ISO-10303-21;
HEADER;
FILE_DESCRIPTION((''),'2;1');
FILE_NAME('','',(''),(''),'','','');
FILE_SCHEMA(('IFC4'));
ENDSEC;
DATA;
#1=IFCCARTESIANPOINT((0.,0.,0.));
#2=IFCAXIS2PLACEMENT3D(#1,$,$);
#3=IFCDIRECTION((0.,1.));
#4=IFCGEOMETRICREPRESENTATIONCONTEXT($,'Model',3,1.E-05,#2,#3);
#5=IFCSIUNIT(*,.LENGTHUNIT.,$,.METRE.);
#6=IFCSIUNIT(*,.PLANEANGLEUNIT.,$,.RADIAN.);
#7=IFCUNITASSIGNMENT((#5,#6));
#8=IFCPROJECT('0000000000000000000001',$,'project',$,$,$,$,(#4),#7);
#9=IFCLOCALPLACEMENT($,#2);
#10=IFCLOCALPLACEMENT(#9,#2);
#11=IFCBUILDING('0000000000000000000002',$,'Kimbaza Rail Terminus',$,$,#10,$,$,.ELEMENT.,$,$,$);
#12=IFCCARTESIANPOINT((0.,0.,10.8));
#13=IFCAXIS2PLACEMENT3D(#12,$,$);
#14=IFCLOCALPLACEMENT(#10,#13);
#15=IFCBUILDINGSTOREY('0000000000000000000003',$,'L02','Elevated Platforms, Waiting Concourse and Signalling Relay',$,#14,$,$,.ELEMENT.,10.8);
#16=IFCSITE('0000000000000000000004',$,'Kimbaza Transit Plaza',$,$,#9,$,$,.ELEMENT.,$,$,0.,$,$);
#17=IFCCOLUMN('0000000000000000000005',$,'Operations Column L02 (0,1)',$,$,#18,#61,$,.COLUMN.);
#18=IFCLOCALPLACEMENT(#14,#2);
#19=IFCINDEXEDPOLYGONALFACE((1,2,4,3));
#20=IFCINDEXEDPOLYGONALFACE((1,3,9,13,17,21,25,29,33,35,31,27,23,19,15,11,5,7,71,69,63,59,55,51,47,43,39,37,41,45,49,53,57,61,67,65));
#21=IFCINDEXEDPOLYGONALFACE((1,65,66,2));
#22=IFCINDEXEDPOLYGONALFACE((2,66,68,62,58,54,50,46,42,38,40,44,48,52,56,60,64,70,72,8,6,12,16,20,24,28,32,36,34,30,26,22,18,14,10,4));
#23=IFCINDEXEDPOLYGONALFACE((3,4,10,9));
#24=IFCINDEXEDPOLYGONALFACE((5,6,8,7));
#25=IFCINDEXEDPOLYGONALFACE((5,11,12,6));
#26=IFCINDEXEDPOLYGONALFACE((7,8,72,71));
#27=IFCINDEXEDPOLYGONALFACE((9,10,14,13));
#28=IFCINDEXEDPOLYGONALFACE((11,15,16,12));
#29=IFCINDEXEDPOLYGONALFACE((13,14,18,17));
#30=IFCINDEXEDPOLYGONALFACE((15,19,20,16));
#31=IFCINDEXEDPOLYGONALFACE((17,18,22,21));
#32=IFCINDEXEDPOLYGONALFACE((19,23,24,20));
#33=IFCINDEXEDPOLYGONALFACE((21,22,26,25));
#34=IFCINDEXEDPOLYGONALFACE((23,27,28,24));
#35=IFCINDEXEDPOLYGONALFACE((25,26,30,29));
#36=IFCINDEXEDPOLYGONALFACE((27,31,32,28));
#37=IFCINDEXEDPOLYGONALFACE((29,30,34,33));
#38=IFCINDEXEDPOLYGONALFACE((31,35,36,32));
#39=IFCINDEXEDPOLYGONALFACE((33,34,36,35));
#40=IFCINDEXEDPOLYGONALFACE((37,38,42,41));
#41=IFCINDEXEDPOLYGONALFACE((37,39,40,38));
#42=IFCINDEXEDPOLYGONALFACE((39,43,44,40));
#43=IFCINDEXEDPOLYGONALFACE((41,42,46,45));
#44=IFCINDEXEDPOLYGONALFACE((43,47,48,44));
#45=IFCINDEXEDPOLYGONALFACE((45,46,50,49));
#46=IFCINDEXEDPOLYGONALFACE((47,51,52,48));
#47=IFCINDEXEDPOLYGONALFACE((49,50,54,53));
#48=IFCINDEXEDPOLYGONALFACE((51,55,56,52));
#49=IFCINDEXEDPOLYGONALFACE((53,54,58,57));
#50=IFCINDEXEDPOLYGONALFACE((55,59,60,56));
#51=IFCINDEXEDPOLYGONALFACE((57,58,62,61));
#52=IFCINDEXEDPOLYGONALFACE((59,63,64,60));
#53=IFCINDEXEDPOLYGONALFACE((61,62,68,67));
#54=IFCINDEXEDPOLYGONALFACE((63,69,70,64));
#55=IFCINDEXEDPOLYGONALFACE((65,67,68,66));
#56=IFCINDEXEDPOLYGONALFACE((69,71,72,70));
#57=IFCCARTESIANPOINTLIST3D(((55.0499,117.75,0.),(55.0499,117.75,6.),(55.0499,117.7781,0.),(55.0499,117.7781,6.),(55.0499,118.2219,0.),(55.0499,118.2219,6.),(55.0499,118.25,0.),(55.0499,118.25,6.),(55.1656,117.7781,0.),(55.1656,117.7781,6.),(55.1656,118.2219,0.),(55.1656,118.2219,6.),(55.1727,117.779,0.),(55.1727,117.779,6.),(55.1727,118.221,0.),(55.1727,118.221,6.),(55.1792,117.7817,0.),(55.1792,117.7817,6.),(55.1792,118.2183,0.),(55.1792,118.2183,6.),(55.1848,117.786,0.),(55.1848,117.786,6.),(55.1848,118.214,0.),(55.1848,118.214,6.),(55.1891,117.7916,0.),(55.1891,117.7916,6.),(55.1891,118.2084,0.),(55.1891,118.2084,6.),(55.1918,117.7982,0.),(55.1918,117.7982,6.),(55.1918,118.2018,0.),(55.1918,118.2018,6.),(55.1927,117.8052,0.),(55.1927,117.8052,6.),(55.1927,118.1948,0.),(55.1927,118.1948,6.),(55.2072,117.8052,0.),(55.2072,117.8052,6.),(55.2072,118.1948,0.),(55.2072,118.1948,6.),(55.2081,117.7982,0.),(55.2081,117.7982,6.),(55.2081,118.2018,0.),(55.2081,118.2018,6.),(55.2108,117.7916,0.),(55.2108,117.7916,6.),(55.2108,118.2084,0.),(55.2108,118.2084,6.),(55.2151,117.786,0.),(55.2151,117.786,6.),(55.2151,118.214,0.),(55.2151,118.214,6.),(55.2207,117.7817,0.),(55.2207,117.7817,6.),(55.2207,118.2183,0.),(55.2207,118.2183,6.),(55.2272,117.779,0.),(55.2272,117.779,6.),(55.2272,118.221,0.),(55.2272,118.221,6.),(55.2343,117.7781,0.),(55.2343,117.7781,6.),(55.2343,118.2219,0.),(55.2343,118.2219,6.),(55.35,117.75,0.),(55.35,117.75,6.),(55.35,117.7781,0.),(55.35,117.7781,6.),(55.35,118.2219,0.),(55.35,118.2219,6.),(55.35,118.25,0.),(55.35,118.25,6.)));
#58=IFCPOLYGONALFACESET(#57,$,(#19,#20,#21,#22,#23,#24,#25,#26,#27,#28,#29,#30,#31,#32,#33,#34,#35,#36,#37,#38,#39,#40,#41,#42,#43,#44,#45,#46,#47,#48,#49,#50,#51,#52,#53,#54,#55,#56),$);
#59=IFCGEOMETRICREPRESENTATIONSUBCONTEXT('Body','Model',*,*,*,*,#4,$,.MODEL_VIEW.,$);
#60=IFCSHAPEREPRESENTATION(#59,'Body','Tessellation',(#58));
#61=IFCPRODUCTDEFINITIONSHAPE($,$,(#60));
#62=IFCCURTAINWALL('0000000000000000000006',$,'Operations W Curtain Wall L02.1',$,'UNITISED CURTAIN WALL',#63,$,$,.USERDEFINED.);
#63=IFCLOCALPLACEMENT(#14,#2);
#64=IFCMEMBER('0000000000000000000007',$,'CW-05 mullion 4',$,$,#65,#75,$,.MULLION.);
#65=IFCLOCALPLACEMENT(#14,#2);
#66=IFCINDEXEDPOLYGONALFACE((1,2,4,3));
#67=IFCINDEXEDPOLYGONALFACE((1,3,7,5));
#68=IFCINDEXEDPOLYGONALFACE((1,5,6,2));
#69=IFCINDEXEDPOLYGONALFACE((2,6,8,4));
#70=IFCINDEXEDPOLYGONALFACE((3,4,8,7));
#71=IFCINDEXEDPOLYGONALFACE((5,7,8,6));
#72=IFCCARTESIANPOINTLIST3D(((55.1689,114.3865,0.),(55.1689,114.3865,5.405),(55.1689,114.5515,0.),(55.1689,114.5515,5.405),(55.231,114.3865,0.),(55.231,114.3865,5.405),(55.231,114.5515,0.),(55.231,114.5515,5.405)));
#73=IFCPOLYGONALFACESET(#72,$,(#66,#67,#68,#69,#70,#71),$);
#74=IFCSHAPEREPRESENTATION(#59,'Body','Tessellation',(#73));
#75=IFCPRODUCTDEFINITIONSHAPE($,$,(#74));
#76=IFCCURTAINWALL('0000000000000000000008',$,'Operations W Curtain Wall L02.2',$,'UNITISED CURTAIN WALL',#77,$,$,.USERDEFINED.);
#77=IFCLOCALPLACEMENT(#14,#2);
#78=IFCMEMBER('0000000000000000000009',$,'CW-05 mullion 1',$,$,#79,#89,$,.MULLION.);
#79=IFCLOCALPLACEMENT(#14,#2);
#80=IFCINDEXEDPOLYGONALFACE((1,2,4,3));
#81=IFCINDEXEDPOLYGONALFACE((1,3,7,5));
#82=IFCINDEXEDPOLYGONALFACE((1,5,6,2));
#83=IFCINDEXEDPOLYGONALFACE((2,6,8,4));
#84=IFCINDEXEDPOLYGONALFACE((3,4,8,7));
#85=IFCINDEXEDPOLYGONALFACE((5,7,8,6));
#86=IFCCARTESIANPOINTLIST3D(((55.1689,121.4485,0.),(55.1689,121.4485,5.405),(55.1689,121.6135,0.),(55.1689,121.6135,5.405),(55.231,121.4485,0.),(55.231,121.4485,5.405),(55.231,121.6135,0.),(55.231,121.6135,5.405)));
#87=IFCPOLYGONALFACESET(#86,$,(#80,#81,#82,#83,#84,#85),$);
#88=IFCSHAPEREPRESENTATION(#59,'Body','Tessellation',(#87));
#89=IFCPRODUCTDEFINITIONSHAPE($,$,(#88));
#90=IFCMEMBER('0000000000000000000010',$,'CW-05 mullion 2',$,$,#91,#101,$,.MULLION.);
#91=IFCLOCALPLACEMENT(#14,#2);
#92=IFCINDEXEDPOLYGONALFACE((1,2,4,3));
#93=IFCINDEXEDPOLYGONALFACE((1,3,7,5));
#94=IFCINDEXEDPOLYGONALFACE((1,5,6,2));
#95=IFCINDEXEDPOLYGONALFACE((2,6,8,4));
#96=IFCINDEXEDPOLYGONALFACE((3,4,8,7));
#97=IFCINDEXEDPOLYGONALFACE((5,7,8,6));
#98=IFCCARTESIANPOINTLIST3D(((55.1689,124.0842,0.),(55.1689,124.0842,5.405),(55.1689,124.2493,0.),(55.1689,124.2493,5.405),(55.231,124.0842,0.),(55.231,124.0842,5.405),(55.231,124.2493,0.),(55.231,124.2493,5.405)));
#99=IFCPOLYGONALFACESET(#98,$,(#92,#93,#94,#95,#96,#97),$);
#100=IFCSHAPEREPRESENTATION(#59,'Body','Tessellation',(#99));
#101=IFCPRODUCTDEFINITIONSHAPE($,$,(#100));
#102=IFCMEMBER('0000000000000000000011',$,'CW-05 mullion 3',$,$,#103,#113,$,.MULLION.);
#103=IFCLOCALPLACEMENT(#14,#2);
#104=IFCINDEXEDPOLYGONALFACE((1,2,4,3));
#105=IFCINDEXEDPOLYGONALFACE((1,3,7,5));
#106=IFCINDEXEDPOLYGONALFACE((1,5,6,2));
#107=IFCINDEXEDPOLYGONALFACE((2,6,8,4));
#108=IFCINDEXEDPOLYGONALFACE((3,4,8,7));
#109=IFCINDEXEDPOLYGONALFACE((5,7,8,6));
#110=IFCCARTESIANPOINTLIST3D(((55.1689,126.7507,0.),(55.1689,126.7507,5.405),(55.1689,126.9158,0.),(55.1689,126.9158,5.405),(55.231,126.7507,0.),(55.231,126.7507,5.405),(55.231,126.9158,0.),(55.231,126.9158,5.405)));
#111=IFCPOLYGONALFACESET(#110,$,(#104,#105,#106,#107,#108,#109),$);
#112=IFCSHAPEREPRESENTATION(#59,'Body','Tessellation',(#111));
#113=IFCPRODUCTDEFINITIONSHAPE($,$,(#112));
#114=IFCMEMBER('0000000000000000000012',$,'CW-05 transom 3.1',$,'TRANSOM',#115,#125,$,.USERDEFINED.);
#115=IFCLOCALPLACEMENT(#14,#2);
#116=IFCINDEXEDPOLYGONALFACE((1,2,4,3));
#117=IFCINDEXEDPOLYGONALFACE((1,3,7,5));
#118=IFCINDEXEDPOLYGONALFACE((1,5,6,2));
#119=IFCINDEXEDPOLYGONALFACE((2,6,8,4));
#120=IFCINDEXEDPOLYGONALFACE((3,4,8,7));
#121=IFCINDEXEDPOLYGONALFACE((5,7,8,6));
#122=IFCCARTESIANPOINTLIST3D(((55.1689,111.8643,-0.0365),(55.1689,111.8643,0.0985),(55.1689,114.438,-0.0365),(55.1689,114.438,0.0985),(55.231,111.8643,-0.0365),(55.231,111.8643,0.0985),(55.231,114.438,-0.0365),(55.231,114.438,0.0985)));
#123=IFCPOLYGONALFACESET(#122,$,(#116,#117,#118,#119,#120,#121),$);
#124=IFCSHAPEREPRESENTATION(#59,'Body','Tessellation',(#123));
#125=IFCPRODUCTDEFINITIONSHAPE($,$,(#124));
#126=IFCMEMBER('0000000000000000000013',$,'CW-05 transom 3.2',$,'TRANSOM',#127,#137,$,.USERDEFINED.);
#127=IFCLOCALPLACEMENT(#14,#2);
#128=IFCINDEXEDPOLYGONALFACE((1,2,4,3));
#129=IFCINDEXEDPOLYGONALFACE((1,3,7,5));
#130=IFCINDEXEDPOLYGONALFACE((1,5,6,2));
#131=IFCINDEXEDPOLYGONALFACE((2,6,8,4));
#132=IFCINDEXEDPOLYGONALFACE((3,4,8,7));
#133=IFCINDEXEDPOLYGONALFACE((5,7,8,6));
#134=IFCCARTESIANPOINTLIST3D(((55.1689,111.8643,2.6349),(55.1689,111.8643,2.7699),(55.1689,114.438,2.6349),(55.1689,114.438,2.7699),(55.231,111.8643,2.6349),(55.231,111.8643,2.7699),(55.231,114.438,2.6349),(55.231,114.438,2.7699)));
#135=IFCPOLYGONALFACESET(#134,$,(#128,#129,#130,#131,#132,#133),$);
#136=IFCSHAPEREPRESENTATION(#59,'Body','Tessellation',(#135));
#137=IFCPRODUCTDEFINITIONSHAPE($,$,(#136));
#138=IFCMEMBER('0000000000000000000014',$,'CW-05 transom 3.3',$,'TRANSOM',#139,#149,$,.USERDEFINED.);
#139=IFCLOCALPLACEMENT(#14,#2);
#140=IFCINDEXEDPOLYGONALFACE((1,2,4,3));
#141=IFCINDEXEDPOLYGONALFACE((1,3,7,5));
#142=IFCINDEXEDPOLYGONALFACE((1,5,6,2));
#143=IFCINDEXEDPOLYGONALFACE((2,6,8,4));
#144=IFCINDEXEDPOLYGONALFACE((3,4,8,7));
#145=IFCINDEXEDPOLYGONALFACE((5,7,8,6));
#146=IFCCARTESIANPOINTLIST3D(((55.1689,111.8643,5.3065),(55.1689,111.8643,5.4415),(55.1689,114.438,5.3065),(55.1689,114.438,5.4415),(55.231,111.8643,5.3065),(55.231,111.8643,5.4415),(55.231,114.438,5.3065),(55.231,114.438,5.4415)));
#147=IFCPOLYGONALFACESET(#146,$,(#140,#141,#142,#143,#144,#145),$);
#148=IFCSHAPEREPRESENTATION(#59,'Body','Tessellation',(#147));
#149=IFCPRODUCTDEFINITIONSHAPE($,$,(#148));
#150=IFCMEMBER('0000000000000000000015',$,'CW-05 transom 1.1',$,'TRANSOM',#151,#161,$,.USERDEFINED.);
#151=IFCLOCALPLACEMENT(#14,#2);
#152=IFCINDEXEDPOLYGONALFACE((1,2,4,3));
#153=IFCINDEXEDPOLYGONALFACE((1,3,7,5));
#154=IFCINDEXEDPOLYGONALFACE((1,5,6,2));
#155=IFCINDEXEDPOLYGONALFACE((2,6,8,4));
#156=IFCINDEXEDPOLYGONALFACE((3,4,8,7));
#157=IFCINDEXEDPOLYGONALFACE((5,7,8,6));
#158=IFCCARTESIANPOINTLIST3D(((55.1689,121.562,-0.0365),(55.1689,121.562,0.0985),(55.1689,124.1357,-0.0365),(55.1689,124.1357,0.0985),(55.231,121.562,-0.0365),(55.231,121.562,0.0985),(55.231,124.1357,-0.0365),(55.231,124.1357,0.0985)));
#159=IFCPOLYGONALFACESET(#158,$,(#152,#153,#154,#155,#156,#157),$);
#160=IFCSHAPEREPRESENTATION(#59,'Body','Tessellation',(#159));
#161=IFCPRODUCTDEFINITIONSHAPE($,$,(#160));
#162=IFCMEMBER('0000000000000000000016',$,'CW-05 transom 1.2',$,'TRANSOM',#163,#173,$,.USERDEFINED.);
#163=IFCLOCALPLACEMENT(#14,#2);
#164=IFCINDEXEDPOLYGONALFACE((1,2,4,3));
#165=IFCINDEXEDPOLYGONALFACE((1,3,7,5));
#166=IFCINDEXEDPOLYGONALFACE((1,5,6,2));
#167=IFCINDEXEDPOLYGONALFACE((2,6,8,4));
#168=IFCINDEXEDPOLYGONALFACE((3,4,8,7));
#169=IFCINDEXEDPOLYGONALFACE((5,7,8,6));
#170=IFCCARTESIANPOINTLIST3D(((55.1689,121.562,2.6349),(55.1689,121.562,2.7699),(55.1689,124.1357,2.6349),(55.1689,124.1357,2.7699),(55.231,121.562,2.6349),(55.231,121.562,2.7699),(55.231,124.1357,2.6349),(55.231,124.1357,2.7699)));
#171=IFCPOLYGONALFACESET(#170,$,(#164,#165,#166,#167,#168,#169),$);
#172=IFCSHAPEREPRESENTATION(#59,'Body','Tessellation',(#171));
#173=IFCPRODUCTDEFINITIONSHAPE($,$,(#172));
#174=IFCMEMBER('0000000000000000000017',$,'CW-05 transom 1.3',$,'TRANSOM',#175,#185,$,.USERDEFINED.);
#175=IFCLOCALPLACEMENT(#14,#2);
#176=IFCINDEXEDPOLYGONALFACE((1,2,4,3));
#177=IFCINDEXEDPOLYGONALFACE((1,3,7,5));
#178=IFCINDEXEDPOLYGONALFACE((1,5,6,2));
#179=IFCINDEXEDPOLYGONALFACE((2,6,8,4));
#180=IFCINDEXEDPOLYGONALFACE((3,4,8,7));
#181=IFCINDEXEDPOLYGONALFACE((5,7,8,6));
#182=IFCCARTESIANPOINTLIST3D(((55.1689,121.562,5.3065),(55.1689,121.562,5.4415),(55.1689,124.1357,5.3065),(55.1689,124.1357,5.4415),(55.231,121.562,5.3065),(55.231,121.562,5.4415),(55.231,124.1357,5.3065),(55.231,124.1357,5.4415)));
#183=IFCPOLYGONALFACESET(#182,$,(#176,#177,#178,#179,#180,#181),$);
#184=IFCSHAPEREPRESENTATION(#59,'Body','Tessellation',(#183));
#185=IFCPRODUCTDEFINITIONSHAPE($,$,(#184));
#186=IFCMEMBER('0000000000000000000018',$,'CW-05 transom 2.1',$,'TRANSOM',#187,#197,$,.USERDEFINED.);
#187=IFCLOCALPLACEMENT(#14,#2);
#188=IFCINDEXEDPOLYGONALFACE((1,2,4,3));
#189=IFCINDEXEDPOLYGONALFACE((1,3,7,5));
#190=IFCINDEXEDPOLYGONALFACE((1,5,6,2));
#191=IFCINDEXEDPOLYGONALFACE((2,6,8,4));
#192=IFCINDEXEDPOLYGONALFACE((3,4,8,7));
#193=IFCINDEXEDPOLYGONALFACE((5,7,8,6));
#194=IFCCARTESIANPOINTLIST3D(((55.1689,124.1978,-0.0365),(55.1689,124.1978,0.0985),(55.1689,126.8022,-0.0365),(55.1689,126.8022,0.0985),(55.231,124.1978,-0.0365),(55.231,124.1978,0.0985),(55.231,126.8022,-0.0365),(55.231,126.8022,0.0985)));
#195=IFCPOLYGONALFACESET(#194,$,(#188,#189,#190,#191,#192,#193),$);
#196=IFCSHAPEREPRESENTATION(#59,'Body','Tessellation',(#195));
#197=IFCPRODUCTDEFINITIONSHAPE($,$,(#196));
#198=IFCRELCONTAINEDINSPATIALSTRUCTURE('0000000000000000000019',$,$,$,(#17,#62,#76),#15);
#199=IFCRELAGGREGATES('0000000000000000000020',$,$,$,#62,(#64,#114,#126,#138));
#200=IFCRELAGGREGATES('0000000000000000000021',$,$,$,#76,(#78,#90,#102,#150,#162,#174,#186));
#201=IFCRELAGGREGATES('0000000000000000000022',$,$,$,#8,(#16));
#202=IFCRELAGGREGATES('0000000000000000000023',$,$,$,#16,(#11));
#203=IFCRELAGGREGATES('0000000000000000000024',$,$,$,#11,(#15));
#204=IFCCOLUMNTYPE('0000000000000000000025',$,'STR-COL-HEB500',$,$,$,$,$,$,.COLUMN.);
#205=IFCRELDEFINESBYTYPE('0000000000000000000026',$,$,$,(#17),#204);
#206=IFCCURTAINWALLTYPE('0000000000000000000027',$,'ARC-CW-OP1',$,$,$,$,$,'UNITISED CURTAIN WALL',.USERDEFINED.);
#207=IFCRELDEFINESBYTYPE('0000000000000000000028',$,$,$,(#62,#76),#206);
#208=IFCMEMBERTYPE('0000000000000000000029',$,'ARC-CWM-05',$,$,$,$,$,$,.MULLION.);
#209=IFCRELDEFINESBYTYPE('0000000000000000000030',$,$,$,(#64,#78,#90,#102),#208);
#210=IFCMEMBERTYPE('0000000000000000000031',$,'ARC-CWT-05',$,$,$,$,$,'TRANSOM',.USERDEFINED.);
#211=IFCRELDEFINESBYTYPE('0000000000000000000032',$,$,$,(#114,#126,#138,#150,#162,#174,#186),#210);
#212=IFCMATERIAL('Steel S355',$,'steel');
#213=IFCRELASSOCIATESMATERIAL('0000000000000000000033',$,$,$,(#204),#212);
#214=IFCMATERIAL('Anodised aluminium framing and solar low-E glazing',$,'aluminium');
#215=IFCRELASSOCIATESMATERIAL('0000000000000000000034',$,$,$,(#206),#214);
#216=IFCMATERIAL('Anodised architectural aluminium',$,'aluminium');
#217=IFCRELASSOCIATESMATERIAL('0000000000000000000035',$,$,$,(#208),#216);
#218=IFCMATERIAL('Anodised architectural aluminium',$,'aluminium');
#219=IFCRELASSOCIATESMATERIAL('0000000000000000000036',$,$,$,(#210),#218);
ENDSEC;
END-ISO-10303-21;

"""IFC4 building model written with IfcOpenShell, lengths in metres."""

from ifc_helpers import new_model, si_unit, direction, frame, origin, origin_2d, place, context, subcontext, project, spatial, rectangle, i_section, extrude, material, material_profile, profile_set, type_object, element, aggregate, save


model = new_model("IFC4")

# Units and contexts
model_context = context("Model", 3, precision=1e-05, world=origin(), true_north=direction((0.0, 1.0)))
body_context = subcontext(model_context, "Body", "Model", "MODEL_VIEW")
ifc_project = project(units=[si_unit("LENGTHUNIT", "METRE"), si_unit("PLANEANGLEUNIT", "RADIAN")], contexts=[model_context])

# Site, building, storey
site_placement = place(None, origin())
site = spatial("IfcSite", under=ifc_project, at=site_placement, Name="Kimbaza Transit Plaza", CompositionType="ELEMENT", RefElevation=0.0)
building_placement = place(site_placement, origin())
building = spatial("IfcBuilding", under=site, at=building_placement, Name="Kimbaza Rail Terminus", CompositionType="ELEMENT")
storey_placement = place(building_placement, frame((0.0, 0.0, 10.8)))
storey = spatial("IfcBuildingStorey", under=building, at=storey_placement, Name="L02", Description="Elevated Platforms, Waiting Concourse and Signalling Relay", CompositionType="ELEMENT", Elevation=10.8)

# Column
ifc_material_1 = material(Name="Steel S355", Category="steel")
ifc_material_profile_1 = material_profile(ifc_material_1, i_section(OverallWidth=0.3, OverallDepth=0.5, WebThickness=0.0144, FlangeThickness=0.0281, FilletRadius=0.0271, at=origin_2d()), Name="HEB 500")
ifc_profile_set_1 = profile_set([ifc_material_profile_1], Name="Steel S355")
column_type = type_object("IfcColumnType", Name="STR-COL-HEB500", PredefinedType="COLUMN", material=ifc_profile_set_1)
column_placement = place(storey_placement, frame((55.2, 118.0, 0.0), z_axis=(0.0, 0.0, 1.0), x_axis=(1.0, 0.0, 0.0)))
element("IfcColumn", 1, at=column_placement, inside=storey, type_object=column_type, Name="Operations Column L02 (0,1)", PredefinedType="COLUMN", context=body_context, shape_type="SweptSolid", body=[
    extrude(i_section(OverallWidth=0.3, OverallDepth=0.5, WebThickness=0.0144, FlangeThickness=0.0281, FilletRadius=0.0271, at=origin_2d()), origin(), (0.0, 0.0, 1.0), 6.0),
])

# Curtain wall, member
ifc_material_2 = material(Name="Anodised aluminium framing and solar low-E glazing", Category="aluminium")
curtain_wall_type = type_object("IfcCurtainWallType", Name="ARC-CW-OP1", ElementType="UNITISED CURTAIN WALL", PredefinedType="USERDEFINED", material=ifc_material_2)
curtain_wall_1_placement = place(storey_placement, origin())
curtain_wall_1 = element("IfcCurtainWall", 2, at=curtain_wall_1_placement, inside=storey, type_object=curtain_wall_type, Name="Operations W Curtain Wall L02.1", ObjectType="UNITISED CURTAIN WALL", PredefinedType="USERDEFINED")
ifc_material_3 = material(Name="Anodised architectural aluminium", Category="aluminium")
ifc_material_profile_2 = material_profile(ifc_material_3, rectangle(XDim=0.062, YDim=0.165, at=origin_2d()), Name="MULLION 62x165")
ifc_profile_set_2 = profile_set([ifc_material_profile_2], Name="Anodised architectural aluminium")
member_type_1 = type_object("IfcMemberType", Name="ARC-CWM-05", PredefinedType="MULLION", material=ifc_profile_set_2)
member_1_placement = place(storey_placement, frame((55.2, 114.469, 0.0), z_axis=(0.0, 0.0, 1.0), x_axis=(-1.0, 0.0, 0.0)))
member_1 = element("IfcMember", 3, at=member_1_placement, type_object=member_type_1, Name="CW-05 mullion 4", PredefinedType="MULLION", context=body_context, shape_type="SweptSolid", body=[
    extrude(rectangle(XDim=0.062, YDim=0.165, at=origin_2d()), origin(), (0.0, 0.0, 1.0), 5.405),
])

# Curtain wall, members
curtain_wall_2_placement = place(storey_placement, origin())
curtain_wall_2 = element("IfcCurtainWall", 4, at=curtain_wall_2_placement, inside=storey, type_object=curtain_wall_type, Name="Operations W Curtain Wall L02.2", ObjectType="UNITISED CURTAIN WALL", PredefinedType="USERDEFINED")
member_2_placement = place(storey_placement, frame((55.2, 121.531, 0.0), z_axis=(0.0, 0.0, 1.0), x_axis=(-1.0, 0.0, 0.0)))
member_2 = element("IfcMember", 5, at=member_2_placement, type_object=member_type_1, Name="CW-05 mullion 1", PredefinedType="MULLION", context=body_context, shape_type="SweptSolid", body=[
    extrude(rectangle(XDim=0.062, YDim=0.165, at=origin_2d()), origin(), (0.0, 0.0, 1.0), 5.405),
])
member_3_placement = place(storey_placement, frame((55.2, 124.1667, 0.0), z_axis=(0.0, 0.0, 1.0), x_axis=(-1.0, 0.0, 0.0)))
member_3 = element("IfcMember", 6, at=member_3_placement, type_object=member_type_1, Name="CW-05 mullion 2", PredefinedType="MULLION", context=body_context, shape_type="SweptSolid", body=[
    extrude(rectangle(XDim=0.062, YDim=0.165, at=origin_2d()), origin(), (0.0, 0.0, 1.0), 5.405),
])
member_4_placement = place(storey_placement, frame((55.2, 126.8333, 0.0), z_axis=(0.0, 0.0, 1.0), x_axis=(-1.0, 0.0, 0.0)))
member_4 = element("IfcMember", 7, at=member_4_placement, type_object=member_type_1, Name="CW-05 mullion 3", PredefinedType="MULLION", context=body_context, shape_type="SweptSolid", body=[
    extrude(rectangle(XDim=0.062, YDim=0.165, at=origin_2d()), origin(), (0.0, 0.0, 1.0), 5.405),
])

# Members
ifc_material_4 = material(Name="Anodised architectural aluminium", Category="aluminium")
ifc_material_profile_3 = material_profile(ifc_material_4, rectangle(XDim=0.062, YDim=0.135, at=origin_2d()), Name="TRANSOM 62x135")
ifc_profile_set_3 = profile_set([ifc_material_profile_3], Name="Anodised architectural aluminium")
member_type_2 = type_object("IfcMemberType", Name="ARC-CWT-05", ElementType="TRANSOM", PredefinedType="USERDEFINED", material=ifc_profile_set_3)
member_5_placement = place(storey_placement, frame((55.2, 111.8643, 0.031), z_axis=(0.0, 1.0, 0.0), x_axis=(-1.0, 0.0, 0.0)))
member_5 = element("IfcMember", 8, at=member_5_placement, type_object=member_type_2, Name="CW-05 transom 3.1", ObjectType="TRANSOM", PredefinedType="USERDEFINED", context=body_context, shape_type="SweptSolid", body=[
    extrude(rectangle(XDim=0.062, YDim=0.135, at=origin_2d()), origin(), (0.0, 0.0, 1.0), 2.5737),
])
member_6_placement = place(storey_placement, frame((55.2, 111.8643, 2.7024), z_axis=(0.0, 1.0, 0.0), x_axis=(-1.0, 0.0, 0.0)))
member_6 = element("IfcMember", 9, at=member_6_placement, type_object=member_type_2, Name="CW-05 transom 3.2", ObjectType="TRANSOM", PredefinedType="USERDEFINED", context=body_context, shape_type="SweptSolid", body=[
    extrude(rectangle(XDim=0.062, YDim=0.135, at=origin_2d()), origin(), (0.0, 0.0, 1.0), 2.5737),
])
member_7_placement = place(storey_placement, frame((55.2, 111.8643, 5.374), z_axis=(0.0, 1.0, 0.0), x_axis=(-1.0, 0.0, 0.0)))
member_7 = element("IfcMember", 10, at=member_7_placement, type_object=member_type_2, Name="CW-05 transom 3.3", ObjectType="TRANSOM", PredefinedType="USERDEFINED", context=body_context, shape_type="SweptSolid", body=[
    extrude(rectangle(XDim=0.062, YDim=0.135, at=origin_2d()), origin(), (0.0, 0.0, 1.0), 2.5737),
])
member_8_placement = place(storey_placement, frame((55.2, 121.562, 0.031), z_axis=(0.0, 1.0, 0.0), x_axis=(-1.0, 0.0, 0.0)))
member_8 = element("IfcMember", 11, at=member_8_placement, type_object=member_type_2, Name="CW-05 transom 1.1", ObjectType="TRANSOM", PredefinedType="USERDEFINED", context=body_context, shape_type="SweptSolid", body=[
    extrude(rectangle(XDim=0.062, YDim=0.135, at=origin_2d()), origin(), (0.0, 0.0, 1.0), 2.5737),
])
member_9_placement = place(storey_placement, frame((55.2, 121.562, 2.7024), z_axis=(0.0, 1.0, 0.0), x_axis=(-1.0, 0.0, 0.0)))
member_9 = element("IfcMember", 12, at=member_9_placement, type_object=member_type_2, Name="CW-05 transom 1.2", ObjectType="TRANSOM", PredefinedType="USERDEFINED", context=body_context, shape_type="SweptSolid", body=[
    extrude(rectangle(XDim=0.062, YDim=0.135, at=origin_2d()), origin(), (0.0, 0.0, 1.0), 2.5737),
])
member_10_placement = place(storey_placement, frame((55.2, 121.562, 5.374), z_axis=(0.0, 1.0, 0.0), x_axis=(-1.0, 0.0, 0.0)))
member_10 = element("IfcMember", 13, at=member_10_placement, type_object=member_type_2, Name="CW-05 transom 1.3", ObjectType="TRANSOM", PredefinedType="USERDEFINED", context=body_context, shape_type="SweptSolid", body=[
    extrude(rectangle(XDim=0.062, YDim=0.135, at=origin_2d()), origin(), (0.0, 0.0, 1.0), 2.5737),
])
member_11_placement = place(storey_placement, frame((55.2, 124.1978, 0.031), z_axis=(0.0, 1.0, 0.0), x_axis=(-1.0, 0.0, 0.0)))
member_11 = element("IfcMember", 14, at=member_11_placement, type_object=member_type_2, Name="CW-05 transom 2.1", ObjectType="TRANSOM", PredefinedType="USERDEFINED", context=body_context, shape_type="SweptSolid", body=[
    extrude(rectangle(XDim=0.062, YDim=0.135, at=origin_2d()), origin(), (0.0, 0.0, 1.0), 2.6045),
])

aggregate(curtain_wall_1, [member_1, member_5, member_6, member_7])
aggregate(curtain_wall_2, [member_2, member_3, member_4, member_8, member_9, member_10, member_11])

save(model, "model.ifc")
